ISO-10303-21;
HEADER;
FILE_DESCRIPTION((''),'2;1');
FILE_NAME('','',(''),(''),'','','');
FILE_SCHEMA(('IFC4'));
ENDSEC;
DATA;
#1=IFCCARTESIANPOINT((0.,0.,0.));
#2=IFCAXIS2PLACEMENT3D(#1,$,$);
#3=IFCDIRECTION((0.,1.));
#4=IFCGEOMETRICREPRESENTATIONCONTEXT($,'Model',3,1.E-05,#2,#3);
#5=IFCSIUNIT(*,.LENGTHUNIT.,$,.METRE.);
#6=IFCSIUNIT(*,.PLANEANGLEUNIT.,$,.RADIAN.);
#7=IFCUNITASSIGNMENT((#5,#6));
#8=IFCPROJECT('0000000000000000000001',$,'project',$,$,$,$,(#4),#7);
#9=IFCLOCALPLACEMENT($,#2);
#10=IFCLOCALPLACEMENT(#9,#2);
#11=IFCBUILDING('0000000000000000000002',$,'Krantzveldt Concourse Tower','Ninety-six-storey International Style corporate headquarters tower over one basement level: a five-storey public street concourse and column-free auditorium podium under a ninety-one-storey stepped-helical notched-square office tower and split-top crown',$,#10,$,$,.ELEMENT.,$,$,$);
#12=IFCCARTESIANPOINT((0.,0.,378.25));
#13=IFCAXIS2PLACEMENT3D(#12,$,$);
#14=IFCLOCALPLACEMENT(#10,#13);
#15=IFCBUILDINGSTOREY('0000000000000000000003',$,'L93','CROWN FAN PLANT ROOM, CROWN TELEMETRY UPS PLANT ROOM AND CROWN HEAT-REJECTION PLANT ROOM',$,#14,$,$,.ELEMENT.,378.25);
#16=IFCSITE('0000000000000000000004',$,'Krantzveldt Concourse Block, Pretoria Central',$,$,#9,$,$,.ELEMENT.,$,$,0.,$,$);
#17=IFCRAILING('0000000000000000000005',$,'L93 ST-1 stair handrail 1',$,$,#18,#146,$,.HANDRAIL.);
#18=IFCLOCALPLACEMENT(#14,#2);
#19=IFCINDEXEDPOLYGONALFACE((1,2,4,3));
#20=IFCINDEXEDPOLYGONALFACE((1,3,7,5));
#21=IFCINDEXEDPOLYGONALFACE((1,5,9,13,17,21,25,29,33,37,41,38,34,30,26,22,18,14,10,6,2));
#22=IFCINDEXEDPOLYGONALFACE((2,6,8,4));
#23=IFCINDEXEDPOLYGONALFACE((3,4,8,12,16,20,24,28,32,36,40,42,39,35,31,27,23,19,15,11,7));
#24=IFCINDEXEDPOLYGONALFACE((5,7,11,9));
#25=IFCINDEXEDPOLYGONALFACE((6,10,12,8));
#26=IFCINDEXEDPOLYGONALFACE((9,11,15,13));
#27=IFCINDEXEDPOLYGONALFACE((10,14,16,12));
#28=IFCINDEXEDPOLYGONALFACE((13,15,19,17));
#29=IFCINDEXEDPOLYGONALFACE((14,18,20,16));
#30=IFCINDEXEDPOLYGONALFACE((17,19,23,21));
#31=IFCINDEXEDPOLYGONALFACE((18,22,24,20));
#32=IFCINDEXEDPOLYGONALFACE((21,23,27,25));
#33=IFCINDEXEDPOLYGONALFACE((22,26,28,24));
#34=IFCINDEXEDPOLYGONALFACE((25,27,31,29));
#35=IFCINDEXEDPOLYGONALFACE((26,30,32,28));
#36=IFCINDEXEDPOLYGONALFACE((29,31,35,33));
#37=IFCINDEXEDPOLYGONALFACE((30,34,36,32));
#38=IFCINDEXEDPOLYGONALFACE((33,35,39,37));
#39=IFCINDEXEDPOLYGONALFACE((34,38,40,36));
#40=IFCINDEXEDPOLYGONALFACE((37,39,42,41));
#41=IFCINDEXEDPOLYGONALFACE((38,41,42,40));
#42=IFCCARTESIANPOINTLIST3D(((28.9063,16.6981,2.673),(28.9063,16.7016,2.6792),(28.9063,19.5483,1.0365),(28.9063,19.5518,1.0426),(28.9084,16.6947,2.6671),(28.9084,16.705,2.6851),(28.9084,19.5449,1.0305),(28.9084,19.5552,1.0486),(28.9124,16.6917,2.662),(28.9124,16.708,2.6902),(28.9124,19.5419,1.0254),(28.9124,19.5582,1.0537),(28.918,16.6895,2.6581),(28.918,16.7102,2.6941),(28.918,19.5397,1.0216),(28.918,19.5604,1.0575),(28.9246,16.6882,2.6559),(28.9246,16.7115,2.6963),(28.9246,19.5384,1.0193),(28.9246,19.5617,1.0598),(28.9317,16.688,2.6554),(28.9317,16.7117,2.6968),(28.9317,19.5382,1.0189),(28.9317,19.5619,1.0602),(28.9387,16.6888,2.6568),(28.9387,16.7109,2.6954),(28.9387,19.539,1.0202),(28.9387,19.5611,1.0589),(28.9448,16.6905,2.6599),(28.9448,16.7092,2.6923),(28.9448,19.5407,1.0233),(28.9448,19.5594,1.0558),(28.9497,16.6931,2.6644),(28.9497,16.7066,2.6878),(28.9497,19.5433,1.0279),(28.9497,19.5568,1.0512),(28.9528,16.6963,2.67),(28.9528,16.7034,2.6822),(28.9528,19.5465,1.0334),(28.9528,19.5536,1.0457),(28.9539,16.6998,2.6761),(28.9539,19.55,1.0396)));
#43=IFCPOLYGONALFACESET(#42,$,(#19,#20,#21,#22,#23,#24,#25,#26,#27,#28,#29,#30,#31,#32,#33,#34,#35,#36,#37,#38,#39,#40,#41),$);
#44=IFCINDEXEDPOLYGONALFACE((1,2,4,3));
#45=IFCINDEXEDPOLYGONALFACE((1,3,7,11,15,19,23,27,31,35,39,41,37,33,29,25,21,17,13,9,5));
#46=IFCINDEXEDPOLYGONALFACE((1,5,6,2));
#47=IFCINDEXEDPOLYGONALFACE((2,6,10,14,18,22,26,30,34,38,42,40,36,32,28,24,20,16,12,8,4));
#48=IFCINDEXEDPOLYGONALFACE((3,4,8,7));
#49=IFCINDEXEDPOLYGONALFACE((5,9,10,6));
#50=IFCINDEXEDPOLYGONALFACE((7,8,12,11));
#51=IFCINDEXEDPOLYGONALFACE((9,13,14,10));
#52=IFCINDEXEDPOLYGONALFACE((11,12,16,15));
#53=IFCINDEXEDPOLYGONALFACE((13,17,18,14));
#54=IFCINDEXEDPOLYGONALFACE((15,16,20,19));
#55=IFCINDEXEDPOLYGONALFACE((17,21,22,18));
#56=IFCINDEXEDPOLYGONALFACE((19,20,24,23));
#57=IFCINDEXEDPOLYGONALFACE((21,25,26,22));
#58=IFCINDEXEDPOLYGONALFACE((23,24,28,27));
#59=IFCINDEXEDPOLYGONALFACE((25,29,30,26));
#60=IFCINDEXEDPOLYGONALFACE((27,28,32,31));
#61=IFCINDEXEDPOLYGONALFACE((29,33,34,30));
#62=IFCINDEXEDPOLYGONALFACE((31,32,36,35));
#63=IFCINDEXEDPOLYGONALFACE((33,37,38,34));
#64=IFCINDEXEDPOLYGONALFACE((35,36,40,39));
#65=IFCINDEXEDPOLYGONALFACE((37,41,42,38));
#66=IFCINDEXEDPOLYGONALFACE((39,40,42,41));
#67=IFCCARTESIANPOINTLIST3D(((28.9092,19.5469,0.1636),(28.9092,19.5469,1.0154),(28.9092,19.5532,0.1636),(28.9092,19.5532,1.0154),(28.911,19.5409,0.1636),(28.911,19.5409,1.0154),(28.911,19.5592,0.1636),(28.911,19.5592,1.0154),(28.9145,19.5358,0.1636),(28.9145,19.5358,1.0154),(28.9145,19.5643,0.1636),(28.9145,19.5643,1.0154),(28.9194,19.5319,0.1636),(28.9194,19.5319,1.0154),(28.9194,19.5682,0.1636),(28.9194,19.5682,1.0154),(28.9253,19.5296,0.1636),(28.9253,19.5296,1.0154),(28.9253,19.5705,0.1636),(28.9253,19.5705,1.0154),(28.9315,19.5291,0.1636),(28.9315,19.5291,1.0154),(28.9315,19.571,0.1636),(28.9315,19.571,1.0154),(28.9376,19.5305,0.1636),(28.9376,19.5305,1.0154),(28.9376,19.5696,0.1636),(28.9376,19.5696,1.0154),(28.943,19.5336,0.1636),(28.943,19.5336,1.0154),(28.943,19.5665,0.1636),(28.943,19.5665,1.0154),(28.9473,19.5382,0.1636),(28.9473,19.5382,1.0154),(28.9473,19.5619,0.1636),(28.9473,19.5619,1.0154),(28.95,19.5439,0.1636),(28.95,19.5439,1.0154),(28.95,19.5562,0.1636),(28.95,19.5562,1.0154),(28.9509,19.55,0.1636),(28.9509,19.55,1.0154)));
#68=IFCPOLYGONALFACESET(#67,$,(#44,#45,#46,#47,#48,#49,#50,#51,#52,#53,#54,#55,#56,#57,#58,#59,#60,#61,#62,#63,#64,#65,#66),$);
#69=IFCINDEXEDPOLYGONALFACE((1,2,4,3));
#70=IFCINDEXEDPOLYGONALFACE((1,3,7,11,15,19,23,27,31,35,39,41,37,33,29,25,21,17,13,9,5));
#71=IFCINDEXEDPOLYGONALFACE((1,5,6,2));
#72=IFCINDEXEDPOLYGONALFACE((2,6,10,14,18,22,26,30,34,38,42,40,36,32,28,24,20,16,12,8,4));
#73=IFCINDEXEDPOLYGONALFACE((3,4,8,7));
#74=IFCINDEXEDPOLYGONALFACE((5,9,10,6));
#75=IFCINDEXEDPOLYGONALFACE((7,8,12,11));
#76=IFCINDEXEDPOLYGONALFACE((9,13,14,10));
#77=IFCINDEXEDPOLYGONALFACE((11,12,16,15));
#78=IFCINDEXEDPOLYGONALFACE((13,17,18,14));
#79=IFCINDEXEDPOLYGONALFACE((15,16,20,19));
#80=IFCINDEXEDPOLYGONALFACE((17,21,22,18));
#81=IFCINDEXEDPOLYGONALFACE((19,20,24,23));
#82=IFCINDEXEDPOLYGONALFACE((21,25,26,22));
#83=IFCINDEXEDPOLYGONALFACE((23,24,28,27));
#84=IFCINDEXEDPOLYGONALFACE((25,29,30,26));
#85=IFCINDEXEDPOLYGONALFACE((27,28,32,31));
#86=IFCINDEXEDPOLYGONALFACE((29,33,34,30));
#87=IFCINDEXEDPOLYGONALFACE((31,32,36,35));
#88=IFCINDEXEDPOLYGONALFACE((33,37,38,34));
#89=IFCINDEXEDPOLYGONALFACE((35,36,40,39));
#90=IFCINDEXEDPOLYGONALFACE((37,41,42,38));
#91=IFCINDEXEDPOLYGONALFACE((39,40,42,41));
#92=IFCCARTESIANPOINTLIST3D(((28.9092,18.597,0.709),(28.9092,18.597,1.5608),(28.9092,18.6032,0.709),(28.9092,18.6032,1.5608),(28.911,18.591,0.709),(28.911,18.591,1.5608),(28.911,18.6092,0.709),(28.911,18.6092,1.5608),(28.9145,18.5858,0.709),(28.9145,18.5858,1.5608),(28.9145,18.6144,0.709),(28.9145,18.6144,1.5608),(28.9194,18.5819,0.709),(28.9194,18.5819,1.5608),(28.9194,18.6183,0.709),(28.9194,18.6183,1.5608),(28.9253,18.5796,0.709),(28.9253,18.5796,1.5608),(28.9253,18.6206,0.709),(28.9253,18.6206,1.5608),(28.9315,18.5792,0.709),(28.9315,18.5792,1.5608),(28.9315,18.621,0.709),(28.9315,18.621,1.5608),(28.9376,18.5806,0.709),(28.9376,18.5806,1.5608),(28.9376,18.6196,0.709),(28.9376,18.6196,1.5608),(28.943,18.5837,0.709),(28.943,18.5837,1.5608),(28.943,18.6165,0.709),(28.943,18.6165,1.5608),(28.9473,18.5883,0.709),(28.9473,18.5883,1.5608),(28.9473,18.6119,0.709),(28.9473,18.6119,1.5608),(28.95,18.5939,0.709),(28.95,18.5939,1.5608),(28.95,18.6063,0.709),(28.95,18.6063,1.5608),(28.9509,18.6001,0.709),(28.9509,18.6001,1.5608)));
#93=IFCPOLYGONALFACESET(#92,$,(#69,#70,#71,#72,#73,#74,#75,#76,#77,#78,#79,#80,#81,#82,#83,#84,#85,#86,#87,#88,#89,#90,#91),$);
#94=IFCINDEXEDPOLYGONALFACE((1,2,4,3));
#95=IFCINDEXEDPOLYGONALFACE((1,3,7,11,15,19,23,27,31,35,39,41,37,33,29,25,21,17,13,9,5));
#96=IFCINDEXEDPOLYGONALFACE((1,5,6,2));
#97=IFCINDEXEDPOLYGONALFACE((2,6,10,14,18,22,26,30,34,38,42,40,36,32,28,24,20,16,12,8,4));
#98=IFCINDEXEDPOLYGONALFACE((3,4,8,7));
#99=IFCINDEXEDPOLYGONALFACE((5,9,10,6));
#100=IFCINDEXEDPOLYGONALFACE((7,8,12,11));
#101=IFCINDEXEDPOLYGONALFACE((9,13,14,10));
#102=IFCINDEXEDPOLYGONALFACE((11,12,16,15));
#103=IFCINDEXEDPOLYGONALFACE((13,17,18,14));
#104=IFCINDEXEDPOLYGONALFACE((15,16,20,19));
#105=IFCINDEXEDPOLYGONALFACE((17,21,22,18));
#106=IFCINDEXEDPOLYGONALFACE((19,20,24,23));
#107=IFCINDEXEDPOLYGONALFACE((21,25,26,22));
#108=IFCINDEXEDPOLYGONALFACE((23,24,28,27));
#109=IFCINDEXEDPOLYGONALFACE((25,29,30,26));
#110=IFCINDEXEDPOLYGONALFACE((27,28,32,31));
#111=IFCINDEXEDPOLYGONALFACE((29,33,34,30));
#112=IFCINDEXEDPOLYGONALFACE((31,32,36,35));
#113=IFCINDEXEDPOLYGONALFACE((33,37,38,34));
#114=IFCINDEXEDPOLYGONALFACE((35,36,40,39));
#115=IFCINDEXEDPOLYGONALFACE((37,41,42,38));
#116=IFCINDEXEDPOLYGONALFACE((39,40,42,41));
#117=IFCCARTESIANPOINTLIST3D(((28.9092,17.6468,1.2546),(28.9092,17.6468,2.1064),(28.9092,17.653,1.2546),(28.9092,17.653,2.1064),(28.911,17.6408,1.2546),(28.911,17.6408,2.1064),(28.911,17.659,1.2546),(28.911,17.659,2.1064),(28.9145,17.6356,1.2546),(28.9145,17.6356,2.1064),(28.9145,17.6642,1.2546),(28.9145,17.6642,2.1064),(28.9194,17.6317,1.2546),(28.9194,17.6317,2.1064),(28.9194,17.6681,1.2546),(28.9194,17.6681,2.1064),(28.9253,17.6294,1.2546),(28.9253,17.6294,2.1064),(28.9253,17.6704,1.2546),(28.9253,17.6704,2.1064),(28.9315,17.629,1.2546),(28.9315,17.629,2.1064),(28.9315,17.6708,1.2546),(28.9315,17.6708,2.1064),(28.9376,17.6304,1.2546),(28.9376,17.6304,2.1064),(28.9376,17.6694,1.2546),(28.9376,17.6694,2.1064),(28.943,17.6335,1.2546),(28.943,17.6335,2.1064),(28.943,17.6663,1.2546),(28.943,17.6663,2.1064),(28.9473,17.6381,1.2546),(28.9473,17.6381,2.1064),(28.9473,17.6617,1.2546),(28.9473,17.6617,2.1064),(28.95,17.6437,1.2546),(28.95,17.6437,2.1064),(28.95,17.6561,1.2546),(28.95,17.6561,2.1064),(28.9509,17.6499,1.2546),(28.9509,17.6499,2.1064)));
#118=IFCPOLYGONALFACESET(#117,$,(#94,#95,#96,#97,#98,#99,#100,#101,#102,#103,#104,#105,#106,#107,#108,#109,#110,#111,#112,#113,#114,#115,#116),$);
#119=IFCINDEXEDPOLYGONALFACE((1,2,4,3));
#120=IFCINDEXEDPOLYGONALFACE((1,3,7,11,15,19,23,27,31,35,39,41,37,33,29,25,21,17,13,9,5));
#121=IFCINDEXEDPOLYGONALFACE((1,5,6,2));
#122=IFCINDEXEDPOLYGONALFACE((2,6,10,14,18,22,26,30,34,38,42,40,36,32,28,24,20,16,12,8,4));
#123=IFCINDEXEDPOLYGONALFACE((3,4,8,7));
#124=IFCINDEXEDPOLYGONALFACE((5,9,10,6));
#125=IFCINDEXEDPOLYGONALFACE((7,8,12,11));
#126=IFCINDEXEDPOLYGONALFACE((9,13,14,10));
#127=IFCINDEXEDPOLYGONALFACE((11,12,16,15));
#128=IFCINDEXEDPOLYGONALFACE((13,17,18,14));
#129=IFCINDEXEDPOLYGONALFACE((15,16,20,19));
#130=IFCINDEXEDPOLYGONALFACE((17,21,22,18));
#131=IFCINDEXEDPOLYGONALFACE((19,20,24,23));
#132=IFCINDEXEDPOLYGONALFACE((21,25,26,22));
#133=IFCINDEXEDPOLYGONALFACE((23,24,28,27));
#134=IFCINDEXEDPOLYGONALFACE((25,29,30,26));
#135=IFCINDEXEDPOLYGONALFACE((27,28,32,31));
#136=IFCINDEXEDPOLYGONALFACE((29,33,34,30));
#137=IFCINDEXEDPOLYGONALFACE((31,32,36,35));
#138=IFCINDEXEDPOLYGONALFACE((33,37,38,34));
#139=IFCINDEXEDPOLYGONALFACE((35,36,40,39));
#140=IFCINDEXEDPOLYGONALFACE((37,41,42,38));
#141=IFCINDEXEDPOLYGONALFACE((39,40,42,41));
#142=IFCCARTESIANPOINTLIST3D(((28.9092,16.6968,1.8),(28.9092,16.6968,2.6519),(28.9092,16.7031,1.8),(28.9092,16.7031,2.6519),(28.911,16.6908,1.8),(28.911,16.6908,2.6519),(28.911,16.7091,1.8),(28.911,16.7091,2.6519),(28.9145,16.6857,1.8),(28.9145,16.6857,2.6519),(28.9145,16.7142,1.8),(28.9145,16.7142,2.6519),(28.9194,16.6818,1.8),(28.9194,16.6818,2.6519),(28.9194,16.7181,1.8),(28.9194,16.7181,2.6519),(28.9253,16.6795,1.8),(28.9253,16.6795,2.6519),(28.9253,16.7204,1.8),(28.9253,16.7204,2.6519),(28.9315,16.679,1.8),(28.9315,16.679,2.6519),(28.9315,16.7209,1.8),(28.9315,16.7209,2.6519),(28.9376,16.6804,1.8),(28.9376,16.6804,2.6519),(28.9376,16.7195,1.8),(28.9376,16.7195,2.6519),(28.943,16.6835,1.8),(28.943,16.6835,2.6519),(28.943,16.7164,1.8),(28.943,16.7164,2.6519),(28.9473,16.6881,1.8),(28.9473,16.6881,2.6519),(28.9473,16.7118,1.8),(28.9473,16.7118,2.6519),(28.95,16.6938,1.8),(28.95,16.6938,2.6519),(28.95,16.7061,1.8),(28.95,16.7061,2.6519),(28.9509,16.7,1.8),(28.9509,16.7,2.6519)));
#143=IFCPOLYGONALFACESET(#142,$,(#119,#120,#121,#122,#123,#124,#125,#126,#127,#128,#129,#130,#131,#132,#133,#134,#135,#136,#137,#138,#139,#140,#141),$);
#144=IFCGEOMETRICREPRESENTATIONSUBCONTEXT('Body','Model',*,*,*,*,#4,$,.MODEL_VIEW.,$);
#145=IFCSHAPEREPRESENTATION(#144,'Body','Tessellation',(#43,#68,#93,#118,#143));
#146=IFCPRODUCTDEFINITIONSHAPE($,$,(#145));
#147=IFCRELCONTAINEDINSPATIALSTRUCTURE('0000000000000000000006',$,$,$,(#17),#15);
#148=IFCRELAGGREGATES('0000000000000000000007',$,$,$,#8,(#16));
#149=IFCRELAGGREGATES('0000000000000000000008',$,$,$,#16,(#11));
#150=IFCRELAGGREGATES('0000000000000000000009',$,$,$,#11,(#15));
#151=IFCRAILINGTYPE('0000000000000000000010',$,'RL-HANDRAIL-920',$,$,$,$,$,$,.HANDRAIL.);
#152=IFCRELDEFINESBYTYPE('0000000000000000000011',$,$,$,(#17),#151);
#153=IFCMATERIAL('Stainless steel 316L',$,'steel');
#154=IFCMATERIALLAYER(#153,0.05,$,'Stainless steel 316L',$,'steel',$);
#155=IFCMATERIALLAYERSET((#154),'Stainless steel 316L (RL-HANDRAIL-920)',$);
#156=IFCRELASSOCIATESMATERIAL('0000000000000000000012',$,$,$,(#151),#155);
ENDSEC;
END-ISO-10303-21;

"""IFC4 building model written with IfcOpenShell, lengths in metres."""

from ifc_helpers import new_model, si_unit, direction, frame, origin, origin_2d, place, context, subcontext, project, spatial, circle, extrude, material, layer, layer_set, type_object, element, save


model = new_model("IFC4")

# Units and contexts
model_context = context("Model", 3, precision=1e-05, world=origin(), true_north=direction((0.0, 1.0)))
body_context = subcontext(model_context, "Body", "Model", "MODEL_VIEW")
ifc_project = project(units=[si_unit("LENGTHUNIT", "METRE"), si_unit("PLANEANGLEUNIT", "RADIAN")], contexts=[model_context])

# Site, building, storey
site_placement = place(None, origin())
site = spatial("IfcSite", under=ifc_project, at=site_placement, Name="Krantzveldt Concourse Block, Pretoria Central", CompositionType="ELEMENT", RefElevation=0.0)
building_placement = place(site_placement, origin())
building = spatial("IfcBuilding", under=site, at=building_placement, Name="Krantzveldt Concourse Tower", Description="Ninety-six-storey International Style corporate headquarters tower over one basement level: a five-storey public street concourse and column-free auditorium podium under a ninety-one-storey stepped-helical notched-square office tower and split-top crown", CompositionType="ELEMENT")
storey_placement = place(building_placement, frame((0.0, 0.0, 378.25)))
storey = spatial("IfcBuildingStorey", under=building, at=storey_placement, Name="L93", Description="CROWN FAN PLANT ROOM, CROWN TELEMETRY UPS PLANT ROOM AND CROWN HEAT-REJECTION PLANT ROOM", CompositionType="ELEMENT", Elevation=378.25)

# Railing
ifc_material_1 = material(Name="Stainless steel 316L", Category="steel")
ifc_layer_1 = layer(ifc_material_1, 0.05, Name="Stainless steel 316L", Category="steel")
ifc_layer_set_1 = layer_set([ifc_layer_1], Name="Stainless steel 316L (RL-HANDRAIL-920)")
railing_type_1 = type_object("IfcRailingType", Name="RL-HANDRAIL-920", PredefinedType="HANDRAIL", material=ifc_layer_set_1)
railing_1_placement = place(storey_placement, frame((28.9299, 19.55, 0.1636)))
element("IfcRailing", 1, at=railing_1_placement, inside=storey, type_object=railing_type_1, Name="L93 ST-1 stair handrail 1", PredefinedType="HANDRAIL", context=body_context, shape_type="SweptSolid", body=[
    extrude(circle(Radius=0.0239, at=origin_2d()), frame((0.0, 0.0, 0.876), z_axis=(0.0, -0.867213, 0.497938), x_axis=(1.0, 0.0, 0.0)), (0.0, 0.0, 1.0), 3.2866),
    extrude(circle(Radius=0.021, at=origin_2d()), origin(), (0.0, 0.0, 1.0), 0.8518),
    extrude(circle(Radius=0.021, at=origin_2d()), frame((0.0, -0.95, 0.5454)), (0.0, 0.0, 1.0), 0.8518),
    extrude(circle(Radius=0.021, at=origin_2d()), frame((0.0, -1.9001, 1.0911)), (0.0, 0.0, 1.0), 0.8518),
    extrude(circle(Radius=0.021, at=origin_2d()), frame((0.0, -2.8501, 1.6365)), (0.0, 0.0, 1.0), 0.8518),
])

save(model, "model.ifc")
